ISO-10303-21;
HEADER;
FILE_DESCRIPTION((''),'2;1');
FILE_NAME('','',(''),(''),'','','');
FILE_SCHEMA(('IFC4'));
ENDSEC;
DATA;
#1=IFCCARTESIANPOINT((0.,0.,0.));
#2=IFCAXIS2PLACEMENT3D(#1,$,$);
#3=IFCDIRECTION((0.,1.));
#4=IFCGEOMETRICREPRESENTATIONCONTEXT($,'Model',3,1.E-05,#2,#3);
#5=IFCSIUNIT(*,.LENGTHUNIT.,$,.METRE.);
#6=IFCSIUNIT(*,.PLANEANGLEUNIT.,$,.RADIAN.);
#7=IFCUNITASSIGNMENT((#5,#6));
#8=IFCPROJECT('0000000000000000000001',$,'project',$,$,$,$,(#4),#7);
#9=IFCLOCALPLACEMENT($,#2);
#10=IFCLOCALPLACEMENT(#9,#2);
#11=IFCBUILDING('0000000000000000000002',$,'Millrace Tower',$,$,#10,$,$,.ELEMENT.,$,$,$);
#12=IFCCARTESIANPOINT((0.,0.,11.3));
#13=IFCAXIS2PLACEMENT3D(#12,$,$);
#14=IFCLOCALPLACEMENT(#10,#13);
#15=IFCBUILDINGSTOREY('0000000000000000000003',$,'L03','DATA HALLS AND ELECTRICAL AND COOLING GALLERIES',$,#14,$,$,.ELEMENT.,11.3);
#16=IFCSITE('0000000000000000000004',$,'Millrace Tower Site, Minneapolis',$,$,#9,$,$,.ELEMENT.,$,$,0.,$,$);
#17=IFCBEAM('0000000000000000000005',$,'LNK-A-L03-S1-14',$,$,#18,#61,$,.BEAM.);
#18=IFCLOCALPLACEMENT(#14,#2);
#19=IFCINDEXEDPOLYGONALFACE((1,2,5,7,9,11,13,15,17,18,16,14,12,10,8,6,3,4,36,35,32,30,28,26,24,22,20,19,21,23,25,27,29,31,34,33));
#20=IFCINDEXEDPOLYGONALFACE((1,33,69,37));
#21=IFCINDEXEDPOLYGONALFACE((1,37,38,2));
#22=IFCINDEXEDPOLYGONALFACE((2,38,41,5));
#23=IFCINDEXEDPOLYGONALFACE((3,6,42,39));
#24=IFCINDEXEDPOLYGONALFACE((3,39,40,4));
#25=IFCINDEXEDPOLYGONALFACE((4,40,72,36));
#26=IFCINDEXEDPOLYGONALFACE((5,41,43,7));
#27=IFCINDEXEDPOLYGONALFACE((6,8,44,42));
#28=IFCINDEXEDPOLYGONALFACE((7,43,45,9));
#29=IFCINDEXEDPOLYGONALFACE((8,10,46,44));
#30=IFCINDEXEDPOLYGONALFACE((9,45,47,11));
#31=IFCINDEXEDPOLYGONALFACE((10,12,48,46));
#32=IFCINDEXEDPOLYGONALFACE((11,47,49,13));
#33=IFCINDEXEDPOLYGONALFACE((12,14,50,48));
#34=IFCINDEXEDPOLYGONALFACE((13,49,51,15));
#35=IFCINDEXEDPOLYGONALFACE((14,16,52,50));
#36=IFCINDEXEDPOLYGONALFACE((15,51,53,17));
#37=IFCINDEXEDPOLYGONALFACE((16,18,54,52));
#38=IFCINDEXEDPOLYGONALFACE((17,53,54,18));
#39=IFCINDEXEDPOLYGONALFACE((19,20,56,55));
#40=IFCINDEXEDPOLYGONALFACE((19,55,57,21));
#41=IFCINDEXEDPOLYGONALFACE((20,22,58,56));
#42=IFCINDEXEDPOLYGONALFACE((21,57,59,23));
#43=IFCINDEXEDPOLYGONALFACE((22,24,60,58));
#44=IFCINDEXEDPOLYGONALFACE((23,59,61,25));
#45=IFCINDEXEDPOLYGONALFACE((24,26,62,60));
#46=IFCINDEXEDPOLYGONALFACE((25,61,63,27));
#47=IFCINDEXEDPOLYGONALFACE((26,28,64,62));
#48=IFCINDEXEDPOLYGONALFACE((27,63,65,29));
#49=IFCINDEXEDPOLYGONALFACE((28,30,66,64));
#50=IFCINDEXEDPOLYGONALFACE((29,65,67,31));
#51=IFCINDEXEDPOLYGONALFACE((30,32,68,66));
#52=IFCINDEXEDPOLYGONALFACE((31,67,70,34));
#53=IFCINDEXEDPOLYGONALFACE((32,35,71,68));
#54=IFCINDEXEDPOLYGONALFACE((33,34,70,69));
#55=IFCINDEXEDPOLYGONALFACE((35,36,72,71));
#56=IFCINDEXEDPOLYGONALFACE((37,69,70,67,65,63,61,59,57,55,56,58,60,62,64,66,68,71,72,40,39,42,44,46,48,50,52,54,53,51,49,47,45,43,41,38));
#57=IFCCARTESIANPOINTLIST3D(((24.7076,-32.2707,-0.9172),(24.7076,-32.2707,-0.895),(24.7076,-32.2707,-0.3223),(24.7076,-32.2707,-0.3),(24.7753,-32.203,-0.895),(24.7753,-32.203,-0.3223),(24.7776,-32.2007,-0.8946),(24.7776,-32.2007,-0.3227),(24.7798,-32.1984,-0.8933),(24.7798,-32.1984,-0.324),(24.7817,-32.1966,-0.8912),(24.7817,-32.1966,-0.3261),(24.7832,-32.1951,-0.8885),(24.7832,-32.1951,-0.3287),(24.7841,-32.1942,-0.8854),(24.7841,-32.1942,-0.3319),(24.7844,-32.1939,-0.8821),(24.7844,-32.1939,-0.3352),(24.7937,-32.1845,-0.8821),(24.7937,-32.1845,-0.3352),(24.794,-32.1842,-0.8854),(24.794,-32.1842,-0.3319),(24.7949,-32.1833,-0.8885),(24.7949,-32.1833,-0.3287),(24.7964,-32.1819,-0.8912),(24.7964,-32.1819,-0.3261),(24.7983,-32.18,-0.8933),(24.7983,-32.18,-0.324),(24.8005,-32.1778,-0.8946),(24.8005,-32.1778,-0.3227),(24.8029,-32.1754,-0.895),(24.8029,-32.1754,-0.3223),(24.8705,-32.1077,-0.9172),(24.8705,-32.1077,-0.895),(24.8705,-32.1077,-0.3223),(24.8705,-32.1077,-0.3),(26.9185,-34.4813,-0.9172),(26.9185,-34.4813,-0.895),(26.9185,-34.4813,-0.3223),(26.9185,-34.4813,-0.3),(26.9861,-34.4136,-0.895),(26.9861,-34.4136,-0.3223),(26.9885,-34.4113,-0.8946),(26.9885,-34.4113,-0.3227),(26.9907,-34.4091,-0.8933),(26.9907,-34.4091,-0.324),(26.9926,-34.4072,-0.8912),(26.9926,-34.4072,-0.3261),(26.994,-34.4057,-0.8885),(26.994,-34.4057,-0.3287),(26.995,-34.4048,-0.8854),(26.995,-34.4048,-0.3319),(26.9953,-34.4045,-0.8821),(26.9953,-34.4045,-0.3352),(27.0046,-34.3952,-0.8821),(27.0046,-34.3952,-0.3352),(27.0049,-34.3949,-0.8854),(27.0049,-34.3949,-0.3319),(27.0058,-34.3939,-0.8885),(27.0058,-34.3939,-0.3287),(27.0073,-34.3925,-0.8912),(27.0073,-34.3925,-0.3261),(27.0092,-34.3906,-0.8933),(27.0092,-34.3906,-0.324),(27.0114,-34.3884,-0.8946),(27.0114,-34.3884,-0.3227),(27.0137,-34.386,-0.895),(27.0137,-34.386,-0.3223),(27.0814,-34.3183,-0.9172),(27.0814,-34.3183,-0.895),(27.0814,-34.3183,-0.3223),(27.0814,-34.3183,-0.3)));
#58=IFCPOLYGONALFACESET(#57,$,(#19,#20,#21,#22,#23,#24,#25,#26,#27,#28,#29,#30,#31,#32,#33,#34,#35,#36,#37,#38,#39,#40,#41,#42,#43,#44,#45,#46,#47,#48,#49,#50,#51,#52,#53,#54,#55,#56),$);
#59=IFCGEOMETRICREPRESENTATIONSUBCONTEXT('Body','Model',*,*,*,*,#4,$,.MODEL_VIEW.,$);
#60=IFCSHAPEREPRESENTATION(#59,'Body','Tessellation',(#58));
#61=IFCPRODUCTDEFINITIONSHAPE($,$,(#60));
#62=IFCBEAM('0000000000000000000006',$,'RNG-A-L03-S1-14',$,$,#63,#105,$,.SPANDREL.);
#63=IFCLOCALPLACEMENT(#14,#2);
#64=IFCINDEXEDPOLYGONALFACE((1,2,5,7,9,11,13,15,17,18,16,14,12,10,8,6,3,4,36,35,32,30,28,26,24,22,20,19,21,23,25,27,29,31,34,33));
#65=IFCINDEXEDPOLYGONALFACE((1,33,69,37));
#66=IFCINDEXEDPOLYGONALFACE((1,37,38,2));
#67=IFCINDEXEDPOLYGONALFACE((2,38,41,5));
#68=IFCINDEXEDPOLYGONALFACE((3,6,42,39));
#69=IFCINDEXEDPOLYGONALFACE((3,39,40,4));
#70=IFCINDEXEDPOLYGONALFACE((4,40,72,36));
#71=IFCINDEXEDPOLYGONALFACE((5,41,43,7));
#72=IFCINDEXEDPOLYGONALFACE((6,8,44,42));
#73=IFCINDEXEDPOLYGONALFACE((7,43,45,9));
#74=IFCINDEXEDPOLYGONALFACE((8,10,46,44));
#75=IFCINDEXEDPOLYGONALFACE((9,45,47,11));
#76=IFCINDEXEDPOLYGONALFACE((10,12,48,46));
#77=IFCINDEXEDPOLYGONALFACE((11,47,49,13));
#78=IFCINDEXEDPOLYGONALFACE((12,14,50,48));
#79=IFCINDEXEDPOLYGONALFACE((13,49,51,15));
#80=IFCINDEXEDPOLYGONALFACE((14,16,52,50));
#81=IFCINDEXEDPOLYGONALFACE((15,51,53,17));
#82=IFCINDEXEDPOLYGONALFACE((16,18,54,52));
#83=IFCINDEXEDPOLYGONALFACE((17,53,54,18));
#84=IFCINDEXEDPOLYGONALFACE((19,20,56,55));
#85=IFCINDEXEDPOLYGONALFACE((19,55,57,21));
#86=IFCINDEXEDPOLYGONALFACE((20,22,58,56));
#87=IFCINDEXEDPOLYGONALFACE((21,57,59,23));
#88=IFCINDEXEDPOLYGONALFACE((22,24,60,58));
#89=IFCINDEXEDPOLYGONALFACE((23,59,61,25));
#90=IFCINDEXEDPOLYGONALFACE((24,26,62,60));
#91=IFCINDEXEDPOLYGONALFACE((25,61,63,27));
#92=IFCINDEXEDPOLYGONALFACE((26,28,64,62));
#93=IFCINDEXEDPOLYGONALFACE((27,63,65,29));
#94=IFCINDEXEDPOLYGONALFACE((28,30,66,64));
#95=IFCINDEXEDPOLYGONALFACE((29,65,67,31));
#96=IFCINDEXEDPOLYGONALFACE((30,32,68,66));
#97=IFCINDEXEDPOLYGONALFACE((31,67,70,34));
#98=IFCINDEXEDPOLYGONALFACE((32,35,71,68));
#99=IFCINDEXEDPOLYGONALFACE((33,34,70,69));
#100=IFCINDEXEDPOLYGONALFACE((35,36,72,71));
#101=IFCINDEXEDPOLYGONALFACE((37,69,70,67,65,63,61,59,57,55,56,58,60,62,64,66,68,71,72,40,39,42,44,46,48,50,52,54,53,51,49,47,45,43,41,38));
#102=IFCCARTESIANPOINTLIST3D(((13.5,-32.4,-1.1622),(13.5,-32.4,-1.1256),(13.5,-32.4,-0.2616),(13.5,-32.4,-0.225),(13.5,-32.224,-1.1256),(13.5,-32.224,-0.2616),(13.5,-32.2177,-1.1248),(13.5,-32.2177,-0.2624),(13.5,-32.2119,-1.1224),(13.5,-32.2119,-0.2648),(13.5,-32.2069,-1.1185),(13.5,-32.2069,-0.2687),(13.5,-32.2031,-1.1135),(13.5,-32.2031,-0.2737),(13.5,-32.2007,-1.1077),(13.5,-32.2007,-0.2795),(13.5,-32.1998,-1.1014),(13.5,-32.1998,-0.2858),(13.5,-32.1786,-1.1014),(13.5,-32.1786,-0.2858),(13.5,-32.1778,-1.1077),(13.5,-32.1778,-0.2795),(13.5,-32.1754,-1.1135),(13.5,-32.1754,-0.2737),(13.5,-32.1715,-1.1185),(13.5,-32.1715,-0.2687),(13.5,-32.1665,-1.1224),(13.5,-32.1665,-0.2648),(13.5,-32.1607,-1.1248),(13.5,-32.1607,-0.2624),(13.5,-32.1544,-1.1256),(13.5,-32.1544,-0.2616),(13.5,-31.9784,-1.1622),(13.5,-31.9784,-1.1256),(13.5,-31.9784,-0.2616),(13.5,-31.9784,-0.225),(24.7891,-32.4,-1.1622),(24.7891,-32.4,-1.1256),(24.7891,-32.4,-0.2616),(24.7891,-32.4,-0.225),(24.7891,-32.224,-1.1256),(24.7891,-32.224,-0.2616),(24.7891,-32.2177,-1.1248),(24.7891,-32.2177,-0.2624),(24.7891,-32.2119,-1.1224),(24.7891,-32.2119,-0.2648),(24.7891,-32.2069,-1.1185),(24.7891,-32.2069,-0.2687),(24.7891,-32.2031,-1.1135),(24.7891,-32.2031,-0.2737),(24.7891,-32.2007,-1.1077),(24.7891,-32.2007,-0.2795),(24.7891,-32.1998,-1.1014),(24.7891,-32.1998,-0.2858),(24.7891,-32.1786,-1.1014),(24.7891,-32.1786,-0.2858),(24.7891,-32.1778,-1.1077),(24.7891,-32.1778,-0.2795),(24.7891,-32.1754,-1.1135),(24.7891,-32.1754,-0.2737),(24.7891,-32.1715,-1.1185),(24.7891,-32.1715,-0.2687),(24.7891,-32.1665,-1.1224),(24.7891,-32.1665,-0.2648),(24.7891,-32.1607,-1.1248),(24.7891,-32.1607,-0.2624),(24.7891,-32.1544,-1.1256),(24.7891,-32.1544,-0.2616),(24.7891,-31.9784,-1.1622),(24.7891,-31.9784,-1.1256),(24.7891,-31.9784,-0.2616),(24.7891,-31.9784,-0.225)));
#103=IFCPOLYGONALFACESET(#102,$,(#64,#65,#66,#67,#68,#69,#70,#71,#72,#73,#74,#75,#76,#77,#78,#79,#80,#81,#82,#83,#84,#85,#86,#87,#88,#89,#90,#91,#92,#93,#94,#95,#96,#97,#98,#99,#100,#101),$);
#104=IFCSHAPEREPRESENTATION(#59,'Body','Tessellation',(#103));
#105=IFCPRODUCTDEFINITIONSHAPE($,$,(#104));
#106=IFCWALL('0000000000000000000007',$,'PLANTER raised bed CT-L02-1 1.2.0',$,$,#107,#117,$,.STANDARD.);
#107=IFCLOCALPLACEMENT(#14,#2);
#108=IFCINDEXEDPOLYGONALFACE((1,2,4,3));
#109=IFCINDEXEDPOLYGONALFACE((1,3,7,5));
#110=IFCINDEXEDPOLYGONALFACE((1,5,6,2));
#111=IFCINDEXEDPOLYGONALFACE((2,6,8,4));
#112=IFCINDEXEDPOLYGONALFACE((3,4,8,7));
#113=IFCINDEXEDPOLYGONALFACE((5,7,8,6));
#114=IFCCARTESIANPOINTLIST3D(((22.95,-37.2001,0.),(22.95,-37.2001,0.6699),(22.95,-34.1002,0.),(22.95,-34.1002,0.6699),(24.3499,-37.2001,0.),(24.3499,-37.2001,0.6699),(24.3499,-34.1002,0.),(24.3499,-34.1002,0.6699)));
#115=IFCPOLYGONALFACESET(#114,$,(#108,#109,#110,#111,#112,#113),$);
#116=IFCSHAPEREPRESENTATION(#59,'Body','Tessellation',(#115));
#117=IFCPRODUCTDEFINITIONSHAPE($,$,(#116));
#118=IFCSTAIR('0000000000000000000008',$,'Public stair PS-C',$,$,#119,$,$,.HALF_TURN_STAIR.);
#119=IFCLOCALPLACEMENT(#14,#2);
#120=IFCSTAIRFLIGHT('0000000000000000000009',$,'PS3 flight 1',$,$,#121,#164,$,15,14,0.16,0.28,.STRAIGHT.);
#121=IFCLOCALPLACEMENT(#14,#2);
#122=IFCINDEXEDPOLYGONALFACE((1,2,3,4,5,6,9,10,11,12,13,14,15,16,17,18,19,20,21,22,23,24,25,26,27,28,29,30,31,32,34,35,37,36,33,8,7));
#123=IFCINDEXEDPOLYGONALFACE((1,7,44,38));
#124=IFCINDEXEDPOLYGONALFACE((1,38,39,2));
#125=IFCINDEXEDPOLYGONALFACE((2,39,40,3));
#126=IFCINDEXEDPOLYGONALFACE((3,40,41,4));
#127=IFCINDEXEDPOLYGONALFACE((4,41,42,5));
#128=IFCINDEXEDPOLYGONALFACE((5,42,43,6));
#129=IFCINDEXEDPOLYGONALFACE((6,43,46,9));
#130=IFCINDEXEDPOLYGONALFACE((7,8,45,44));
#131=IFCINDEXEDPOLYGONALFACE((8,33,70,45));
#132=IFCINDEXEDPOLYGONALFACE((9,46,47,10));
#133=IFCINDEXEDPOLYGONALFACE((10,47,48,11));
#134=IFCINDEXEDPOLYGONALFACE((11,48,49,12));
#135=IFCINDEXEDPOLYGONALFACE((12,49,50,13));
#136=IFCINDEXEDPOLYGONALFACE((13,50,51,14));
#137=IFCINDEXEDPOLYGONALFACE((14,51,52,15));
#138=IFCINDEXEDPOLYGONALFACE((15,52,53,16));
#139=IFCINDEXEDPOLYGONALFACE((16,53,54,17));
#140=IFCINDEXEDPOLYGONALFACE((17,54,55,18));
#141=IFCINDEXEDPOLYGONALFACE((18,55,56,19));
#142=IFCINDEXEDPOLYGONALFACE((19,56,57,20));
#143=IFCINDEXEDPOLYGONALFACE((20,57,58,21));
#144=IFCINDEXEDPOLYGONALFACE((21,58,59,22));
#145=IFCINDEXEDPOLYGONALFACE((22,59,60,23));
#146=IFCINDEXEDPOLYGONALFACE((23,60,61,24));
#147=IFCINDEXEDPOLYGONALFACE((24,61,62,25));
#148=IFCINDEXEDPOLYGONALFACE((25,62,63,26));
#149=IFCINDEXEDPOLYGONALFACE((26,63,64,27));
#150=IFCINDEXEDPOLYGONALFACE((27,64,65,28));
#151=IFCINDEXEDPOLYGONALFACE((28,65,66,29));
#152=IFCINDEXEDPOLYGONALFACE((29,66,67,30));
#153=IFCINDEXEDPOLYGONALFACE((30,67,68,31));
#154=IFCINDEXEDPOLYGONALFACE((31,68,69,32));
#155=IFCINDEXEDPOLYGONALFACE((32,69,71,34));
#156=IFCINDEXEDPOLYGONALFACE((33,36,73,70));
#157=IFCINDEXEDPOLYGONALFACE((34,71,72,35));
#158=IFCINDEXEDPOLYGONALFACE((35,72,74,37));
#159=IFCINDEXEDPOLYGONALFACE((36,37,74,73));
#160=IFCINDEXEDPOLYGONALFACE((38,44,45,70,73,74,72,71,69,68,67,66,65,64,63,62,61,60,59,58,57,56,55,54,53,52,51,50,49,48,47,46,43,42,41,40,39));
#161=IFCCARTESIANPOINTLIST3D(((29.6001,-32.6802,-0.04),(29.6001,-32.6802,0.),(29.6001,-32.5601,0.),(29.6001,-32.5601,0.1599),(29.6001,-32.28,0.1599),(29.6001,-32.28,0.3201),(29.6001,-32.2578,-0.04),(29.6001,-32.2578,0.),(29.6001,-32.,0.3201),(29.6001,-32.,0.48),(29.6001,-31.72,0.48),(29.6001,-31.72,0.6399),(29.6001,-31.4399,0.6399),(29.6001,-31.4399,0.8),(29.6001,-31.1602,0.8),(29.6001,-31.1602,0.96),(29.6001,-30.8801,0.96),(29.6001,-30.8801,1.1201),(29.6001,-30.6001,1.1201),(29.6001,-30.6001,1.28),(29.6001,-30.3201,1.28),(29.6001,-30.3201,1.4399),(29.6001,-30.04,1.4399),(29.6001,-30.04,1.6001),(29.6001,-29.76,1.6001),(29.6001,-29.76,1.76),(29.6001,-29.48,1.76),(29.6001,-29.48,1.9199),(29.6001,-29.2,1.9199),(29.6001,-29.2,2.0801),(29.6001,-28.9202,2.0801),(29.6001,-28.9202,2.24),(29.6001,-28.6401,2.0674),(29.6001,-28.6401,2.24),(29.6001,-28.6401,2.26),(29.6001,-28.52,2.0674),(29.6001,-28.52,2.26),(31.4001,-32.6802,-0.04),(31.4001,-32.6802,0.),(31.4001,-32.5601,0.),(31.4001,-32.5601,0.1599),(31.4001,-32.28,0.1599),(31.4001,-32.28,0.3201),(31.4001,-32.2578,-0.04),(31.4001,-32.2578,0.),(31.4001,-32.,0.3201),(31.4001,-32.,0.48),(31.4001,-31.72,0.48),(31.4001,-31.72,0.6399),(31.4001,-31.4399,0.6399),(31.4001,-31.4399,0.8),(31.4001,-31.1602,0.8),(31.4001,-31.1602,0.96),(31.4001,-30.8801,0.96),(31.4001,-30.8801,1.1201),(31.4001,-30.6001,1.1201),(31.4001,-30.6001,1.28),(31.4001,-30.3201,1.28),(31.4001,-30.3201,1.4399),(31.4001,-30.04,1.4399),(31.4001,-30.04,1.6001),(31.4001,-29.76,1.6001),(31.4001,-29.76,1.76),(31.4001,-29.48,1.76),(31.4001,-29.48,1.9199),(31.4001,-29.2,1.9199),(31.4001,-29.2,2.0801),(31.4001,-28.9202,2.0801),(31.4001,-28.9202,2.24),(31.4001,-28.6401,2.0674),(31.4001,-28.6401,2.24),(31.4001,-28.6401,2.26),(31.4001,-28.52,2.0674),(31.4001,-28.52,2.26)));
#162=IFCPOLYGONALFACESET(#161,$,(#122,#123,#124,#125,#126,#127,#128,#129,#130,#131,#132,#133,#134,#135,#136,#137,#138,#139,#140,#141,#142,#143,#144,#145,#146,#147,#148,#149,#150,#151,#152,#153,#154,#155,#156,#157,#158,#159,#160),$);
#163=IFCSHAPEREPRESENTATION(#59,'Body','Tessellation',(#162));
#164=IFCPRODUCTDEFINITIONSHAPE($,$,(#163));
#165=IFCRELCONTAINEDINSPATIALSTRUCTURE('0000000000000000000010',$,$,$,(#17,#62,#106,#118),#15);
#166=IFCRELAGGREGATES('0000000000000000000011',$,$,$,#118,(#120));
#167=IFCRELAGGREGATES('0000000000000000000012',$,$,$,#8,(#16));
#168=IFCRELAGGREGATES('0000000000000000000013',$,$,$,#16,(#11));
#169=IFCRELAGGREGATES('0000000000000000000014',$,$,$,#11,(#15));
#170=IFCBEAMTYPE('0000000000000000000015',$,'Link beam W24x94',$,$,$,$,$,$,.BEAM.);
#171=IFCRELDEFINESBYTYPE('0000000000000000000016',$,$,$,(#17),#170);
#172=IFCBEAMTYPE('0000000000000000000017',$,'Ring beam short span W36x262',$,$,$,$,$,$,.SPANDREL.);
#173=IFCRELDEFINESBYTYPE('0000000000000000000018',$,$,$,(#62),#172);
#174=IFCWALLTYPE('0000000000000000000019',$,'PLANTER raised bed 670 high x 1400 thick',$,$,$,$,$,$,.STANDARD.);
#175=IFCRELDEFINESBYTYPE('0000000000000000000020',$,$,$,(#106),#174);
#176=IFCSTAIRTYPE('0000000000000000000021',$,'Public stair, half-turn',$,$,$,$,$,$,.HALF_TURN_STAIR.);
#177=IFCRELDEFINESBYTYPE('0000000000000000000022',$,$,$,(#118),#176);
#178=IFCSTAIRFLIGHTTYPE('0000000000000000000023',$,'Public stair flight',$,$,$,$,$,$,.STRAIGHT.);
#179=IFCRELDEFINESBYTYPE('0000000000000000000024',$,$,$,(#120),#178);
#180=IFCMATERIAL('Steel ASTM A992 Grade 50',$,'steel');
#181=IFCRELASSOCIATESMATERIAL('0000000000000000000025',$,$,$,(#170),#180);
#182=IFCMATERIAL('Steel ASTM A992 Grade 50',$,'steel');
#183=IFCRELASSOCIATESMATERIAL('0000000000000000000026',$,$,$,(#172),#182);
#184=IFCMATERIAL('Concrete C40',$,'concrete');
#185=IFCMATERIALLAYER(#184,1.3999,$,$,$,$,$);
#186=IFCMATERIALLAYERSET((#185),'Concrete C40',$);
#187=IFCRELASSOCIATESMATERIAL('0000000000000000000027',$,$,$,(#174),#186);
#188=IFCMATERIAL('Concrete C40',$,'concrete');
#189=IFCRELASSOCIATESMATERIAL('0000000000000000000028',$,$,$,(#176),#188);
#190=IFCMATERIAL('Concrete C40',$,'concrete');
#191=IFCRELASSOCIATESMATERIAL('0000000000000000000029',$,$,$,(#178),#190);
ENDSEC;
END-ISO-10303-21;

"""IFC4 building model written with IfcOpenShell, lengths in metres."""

from ifc_helpers import new_model, si_unit, direction, frame, frame_2d, origin, origin_2d, place, context, subcontext, project, spatial, polyline, rectangle, i_section, outline, extrude, material, layer, layer_set, material_profile, profile_set, type_object, element, aggregate, save


model = new_model("IFC4")

# Units and contexts
model_context = context("Model", 3, precision=1e-05, world=origin(), true_north=direction((0.0, 1.0)))
body_context = subcontext(model_context, "Body", "Model", "MODEL_VIEW")
ifc_project = project(units=[si_unit("LENGTHUNIT", "METRE"), si_unit("PLANEANGLEUNIT", "RADIAN")], contexts=[model_context])

# Site, building, storey
site_placement = place(None, origin())
site = spatial("IfcSite", under=ifc_project, at=site_placement, Name="Millrace Tower Site, Minneapolis", CompositionType="ELEMENT", RefElevation=0.0)
building_placement = place(site_placement, origin())
building = spatial("IfcBuilding", under=site, at=building_placement, Name="Millrace Tower", CompositionType="ELEMENT")
storey_placement = place(building_placement, frame((0.0, 0.0, 11.3)))
storey = spatial("IfcBuildingStorey", under=building, at=storey_placement, Name="L03", Description="DATA HALLS AND ELECTRICAL AND COOLING GALLERIES", CompositionType="ELEMENT", Elevation=11.3)

# Shared definitions
placement_1 = place(storey_placement, origin())

# Beams
ifc_material_1 = material(Name="Steel ASTM A992 Grade 50", Category="steel")
ifc_material_profile_1 = material_profile(ifc_material_1, i_section(OverallWidth=0.2305, OverallDepth=0.6172, WebThickness=0.0132, FlangeThickness=0.0222, FilletRadius=0.0129, at=origin_2d()))
ifc_profile_set_1 = profile_set([ifc_material_profile_1], Name="Steel ASTM A992 Grade 50")
beam_type_1 = type_object("IfcBeamType", Name="Link beam W24x94", PredefinedType="BEAM", material=ifc_profile_set_1)
beam_1_placement = place(storey_placement, frame((24.7891, -32.1892, -0.6086), z_axis=(0.707146, -0.707068, 0.0), x_axis=(0.707068, 0.707146, 0.0)))
element("IfcBeam", 1, at=beam_1_placement, inside=storey, type_object=beam_type_1, Name="LNK-A-L03-S1-14", PredefinedType="BEAM", context=body_context, shape_type="SweptSolid", body=[
    extrude(i_section(OverallWidth=0.2305, OverallDepth=0.6172, WebThickness=0.0132, FlangeThickness=0.0222, FilletRadius=0.0129, at=origin_2d()), origin(), (0.0, 0.0, 1.0), 3.1265),
])
ifc_material_2 = material(Name="Steel ASTM A992 Grade 50", Category="steel")
ifc_material_profile_2 = material_profile(ifc_material_2, i_section(OverallWidth=0.4216, OverallDepth=0.9373, WebThickness=0.0212, FlangeThickness=0.0366, FilletRadius=0.0242, at=origin_2d()))
ifc_profile_set_2 = profile_set([ifc_material_profile_2], Name="Steel ASTM A992 Grade 50")
beam_type_2 = type_object("IfcBeamType", Name="Ring beam short span W36x262", PredefinedType="SPANDREL", material=ifc_profile_set_2)
beam_2_placement = place(storey_placement, frame((24.7891, -32.1892, -0.6936), z_axis=(-1.0, 0.0, 0.0), x_axis=(0.0, -1.0, 0.0)))
element("IfcBeam", 2, at=beam_2_placement, inside=storey, type_object=beam_type_2, Name="RNG-A-L03-S1-14", PredefinedType="SPANDREL", context=body_context, shape_type="SweptSolid", body=[
    extrude(i_section(OverallWidth=0.4216, OverallDepth=0.9373, WebThickness=0.0212, FlangeThickness=0.0366, FilletRadius=0.0242, at=origin_2d()), origin(), (0.0, 0.0, 1.0), 11.2891),
])

# Wall
ifc_material_3 = material(Name="Concrete C40", Category="concrete")
ifc_layer_1 = layer(ifc_material_3, 1.3999)
ifc_layer_set_1 = layer_set([ifc_layer_1], Name="Concrete C40")
wall_type = type_object("IfcWallType", Name="PLANTER raised bed 670 high x 1400 thick", PredefinedType="STANDARD", material=ifc_layer_set_1)
wall_placement = place(storey_placement, frame((23.6499, -37.2, 0.0), z_axis=(0.0, 0.0, 1.0), x_axis=(0.0, 1.0, 0.0)))
element("IfcWall", 3, at=wall_placement, inside=storey, type_object=wall_type, Name="PLANTER raised bed CT-L02-1 1.2.0", PredefinedType="STANDARD", context=body_context, shape_type="SweptSolid", body=[
    extrude(rectangle(XDim=3.0999, YDim=1.3999, at=frame_2d((1.5498, 0.0))), origin(), (0.0, 0.0, 1.0), 0.6699),
])

# Stair, stair flight
ifc_material_4 = material(Name="Concrete C40", Category="concrete")
stair_type = type_object("IfcStairType", Name="Public stair, half-turn", PredefinedType="HALF_TURN_STAIR", material=ifc_material_4)
stair = element("IfcStair", 4, at=placement_1, inside=storey, type_object=stair_type, Name="Public stair PS-C", PredefinedType="HALF_TURN_STAIR")
ifc_material_5 = material(Name="Concrete C40", Category="concrete")
stair_flight_type = type_object("IfcStairFlightType", Name="Public stair flight", PredefinedType="STRAIGHT", material=ifc_material_5)
stair_flight_1_placement = place(storey_placement, frame((30.5, -32.5601, 0.0), z_axis=(0.0, 0.0, 1.0), x_axis=(0.0, 1.0, 0.0)))
stair_flight_1 = element("IfcStairFlight", 5, at=stair_flight_1_placement, type_object=stair_flight_type, Name="PS3 flight 1", NumberOfRisers=15, NumberOfTreads=14, PredefinedType="STRAIGHT", RiserHeight=0.16, TreadLength=0.28, context=body_context, shape_type="SweptSolid", body=[
    extrude(outline(polyline([(-0.1201, -0.04), (-0.1201, 0.0), (0.0, 0.0), (0.0, 0.1599), (0.28, 0.1599), (0.28, 0.3201), (0.5601, 0.3201), (0.5601, 0.48), (0.8401, 0.48), (0.8401, 0.6399), (1.1201, 0.6399), (1.1201, 0.8), (1.3999, 0.8), (1.3999, 0.96), (1.6799, 0.96), (1.6799, 1.1201), (1.96, 1.1201), (1.96, 1.28), (2.24, 1.28), (2.24, 1.4399), (2.52, 1.4399), (2.52, 1.6001), (2.8, 1.6001), (2.8, 1.76), (3.0801, 1.76), (3.0801, 1.9199), (3.3601, 1.9199), (3.3601, 2.0801), (3.6399, 2.0801), (3.6399, 2.24), (3.9199, 2.24), (3.9199, 2.26), (4.04, 2.26), (4.04, 2.0674), (3.9199, 2.0674), (0.3022, 0.0), (0.3022, -0.04), (-0.1201, -0.04)])), frame((0.0, 0.8999, 0.0), z_axis=(0.0, -1.0, 0.0), x_axis=(1.0, 0.0, 0.0)), (0.0, 0.0, 1.0), 1.8),
])
aggregate(stair, [stair_flight_1])

save(model, "model.ifc")
